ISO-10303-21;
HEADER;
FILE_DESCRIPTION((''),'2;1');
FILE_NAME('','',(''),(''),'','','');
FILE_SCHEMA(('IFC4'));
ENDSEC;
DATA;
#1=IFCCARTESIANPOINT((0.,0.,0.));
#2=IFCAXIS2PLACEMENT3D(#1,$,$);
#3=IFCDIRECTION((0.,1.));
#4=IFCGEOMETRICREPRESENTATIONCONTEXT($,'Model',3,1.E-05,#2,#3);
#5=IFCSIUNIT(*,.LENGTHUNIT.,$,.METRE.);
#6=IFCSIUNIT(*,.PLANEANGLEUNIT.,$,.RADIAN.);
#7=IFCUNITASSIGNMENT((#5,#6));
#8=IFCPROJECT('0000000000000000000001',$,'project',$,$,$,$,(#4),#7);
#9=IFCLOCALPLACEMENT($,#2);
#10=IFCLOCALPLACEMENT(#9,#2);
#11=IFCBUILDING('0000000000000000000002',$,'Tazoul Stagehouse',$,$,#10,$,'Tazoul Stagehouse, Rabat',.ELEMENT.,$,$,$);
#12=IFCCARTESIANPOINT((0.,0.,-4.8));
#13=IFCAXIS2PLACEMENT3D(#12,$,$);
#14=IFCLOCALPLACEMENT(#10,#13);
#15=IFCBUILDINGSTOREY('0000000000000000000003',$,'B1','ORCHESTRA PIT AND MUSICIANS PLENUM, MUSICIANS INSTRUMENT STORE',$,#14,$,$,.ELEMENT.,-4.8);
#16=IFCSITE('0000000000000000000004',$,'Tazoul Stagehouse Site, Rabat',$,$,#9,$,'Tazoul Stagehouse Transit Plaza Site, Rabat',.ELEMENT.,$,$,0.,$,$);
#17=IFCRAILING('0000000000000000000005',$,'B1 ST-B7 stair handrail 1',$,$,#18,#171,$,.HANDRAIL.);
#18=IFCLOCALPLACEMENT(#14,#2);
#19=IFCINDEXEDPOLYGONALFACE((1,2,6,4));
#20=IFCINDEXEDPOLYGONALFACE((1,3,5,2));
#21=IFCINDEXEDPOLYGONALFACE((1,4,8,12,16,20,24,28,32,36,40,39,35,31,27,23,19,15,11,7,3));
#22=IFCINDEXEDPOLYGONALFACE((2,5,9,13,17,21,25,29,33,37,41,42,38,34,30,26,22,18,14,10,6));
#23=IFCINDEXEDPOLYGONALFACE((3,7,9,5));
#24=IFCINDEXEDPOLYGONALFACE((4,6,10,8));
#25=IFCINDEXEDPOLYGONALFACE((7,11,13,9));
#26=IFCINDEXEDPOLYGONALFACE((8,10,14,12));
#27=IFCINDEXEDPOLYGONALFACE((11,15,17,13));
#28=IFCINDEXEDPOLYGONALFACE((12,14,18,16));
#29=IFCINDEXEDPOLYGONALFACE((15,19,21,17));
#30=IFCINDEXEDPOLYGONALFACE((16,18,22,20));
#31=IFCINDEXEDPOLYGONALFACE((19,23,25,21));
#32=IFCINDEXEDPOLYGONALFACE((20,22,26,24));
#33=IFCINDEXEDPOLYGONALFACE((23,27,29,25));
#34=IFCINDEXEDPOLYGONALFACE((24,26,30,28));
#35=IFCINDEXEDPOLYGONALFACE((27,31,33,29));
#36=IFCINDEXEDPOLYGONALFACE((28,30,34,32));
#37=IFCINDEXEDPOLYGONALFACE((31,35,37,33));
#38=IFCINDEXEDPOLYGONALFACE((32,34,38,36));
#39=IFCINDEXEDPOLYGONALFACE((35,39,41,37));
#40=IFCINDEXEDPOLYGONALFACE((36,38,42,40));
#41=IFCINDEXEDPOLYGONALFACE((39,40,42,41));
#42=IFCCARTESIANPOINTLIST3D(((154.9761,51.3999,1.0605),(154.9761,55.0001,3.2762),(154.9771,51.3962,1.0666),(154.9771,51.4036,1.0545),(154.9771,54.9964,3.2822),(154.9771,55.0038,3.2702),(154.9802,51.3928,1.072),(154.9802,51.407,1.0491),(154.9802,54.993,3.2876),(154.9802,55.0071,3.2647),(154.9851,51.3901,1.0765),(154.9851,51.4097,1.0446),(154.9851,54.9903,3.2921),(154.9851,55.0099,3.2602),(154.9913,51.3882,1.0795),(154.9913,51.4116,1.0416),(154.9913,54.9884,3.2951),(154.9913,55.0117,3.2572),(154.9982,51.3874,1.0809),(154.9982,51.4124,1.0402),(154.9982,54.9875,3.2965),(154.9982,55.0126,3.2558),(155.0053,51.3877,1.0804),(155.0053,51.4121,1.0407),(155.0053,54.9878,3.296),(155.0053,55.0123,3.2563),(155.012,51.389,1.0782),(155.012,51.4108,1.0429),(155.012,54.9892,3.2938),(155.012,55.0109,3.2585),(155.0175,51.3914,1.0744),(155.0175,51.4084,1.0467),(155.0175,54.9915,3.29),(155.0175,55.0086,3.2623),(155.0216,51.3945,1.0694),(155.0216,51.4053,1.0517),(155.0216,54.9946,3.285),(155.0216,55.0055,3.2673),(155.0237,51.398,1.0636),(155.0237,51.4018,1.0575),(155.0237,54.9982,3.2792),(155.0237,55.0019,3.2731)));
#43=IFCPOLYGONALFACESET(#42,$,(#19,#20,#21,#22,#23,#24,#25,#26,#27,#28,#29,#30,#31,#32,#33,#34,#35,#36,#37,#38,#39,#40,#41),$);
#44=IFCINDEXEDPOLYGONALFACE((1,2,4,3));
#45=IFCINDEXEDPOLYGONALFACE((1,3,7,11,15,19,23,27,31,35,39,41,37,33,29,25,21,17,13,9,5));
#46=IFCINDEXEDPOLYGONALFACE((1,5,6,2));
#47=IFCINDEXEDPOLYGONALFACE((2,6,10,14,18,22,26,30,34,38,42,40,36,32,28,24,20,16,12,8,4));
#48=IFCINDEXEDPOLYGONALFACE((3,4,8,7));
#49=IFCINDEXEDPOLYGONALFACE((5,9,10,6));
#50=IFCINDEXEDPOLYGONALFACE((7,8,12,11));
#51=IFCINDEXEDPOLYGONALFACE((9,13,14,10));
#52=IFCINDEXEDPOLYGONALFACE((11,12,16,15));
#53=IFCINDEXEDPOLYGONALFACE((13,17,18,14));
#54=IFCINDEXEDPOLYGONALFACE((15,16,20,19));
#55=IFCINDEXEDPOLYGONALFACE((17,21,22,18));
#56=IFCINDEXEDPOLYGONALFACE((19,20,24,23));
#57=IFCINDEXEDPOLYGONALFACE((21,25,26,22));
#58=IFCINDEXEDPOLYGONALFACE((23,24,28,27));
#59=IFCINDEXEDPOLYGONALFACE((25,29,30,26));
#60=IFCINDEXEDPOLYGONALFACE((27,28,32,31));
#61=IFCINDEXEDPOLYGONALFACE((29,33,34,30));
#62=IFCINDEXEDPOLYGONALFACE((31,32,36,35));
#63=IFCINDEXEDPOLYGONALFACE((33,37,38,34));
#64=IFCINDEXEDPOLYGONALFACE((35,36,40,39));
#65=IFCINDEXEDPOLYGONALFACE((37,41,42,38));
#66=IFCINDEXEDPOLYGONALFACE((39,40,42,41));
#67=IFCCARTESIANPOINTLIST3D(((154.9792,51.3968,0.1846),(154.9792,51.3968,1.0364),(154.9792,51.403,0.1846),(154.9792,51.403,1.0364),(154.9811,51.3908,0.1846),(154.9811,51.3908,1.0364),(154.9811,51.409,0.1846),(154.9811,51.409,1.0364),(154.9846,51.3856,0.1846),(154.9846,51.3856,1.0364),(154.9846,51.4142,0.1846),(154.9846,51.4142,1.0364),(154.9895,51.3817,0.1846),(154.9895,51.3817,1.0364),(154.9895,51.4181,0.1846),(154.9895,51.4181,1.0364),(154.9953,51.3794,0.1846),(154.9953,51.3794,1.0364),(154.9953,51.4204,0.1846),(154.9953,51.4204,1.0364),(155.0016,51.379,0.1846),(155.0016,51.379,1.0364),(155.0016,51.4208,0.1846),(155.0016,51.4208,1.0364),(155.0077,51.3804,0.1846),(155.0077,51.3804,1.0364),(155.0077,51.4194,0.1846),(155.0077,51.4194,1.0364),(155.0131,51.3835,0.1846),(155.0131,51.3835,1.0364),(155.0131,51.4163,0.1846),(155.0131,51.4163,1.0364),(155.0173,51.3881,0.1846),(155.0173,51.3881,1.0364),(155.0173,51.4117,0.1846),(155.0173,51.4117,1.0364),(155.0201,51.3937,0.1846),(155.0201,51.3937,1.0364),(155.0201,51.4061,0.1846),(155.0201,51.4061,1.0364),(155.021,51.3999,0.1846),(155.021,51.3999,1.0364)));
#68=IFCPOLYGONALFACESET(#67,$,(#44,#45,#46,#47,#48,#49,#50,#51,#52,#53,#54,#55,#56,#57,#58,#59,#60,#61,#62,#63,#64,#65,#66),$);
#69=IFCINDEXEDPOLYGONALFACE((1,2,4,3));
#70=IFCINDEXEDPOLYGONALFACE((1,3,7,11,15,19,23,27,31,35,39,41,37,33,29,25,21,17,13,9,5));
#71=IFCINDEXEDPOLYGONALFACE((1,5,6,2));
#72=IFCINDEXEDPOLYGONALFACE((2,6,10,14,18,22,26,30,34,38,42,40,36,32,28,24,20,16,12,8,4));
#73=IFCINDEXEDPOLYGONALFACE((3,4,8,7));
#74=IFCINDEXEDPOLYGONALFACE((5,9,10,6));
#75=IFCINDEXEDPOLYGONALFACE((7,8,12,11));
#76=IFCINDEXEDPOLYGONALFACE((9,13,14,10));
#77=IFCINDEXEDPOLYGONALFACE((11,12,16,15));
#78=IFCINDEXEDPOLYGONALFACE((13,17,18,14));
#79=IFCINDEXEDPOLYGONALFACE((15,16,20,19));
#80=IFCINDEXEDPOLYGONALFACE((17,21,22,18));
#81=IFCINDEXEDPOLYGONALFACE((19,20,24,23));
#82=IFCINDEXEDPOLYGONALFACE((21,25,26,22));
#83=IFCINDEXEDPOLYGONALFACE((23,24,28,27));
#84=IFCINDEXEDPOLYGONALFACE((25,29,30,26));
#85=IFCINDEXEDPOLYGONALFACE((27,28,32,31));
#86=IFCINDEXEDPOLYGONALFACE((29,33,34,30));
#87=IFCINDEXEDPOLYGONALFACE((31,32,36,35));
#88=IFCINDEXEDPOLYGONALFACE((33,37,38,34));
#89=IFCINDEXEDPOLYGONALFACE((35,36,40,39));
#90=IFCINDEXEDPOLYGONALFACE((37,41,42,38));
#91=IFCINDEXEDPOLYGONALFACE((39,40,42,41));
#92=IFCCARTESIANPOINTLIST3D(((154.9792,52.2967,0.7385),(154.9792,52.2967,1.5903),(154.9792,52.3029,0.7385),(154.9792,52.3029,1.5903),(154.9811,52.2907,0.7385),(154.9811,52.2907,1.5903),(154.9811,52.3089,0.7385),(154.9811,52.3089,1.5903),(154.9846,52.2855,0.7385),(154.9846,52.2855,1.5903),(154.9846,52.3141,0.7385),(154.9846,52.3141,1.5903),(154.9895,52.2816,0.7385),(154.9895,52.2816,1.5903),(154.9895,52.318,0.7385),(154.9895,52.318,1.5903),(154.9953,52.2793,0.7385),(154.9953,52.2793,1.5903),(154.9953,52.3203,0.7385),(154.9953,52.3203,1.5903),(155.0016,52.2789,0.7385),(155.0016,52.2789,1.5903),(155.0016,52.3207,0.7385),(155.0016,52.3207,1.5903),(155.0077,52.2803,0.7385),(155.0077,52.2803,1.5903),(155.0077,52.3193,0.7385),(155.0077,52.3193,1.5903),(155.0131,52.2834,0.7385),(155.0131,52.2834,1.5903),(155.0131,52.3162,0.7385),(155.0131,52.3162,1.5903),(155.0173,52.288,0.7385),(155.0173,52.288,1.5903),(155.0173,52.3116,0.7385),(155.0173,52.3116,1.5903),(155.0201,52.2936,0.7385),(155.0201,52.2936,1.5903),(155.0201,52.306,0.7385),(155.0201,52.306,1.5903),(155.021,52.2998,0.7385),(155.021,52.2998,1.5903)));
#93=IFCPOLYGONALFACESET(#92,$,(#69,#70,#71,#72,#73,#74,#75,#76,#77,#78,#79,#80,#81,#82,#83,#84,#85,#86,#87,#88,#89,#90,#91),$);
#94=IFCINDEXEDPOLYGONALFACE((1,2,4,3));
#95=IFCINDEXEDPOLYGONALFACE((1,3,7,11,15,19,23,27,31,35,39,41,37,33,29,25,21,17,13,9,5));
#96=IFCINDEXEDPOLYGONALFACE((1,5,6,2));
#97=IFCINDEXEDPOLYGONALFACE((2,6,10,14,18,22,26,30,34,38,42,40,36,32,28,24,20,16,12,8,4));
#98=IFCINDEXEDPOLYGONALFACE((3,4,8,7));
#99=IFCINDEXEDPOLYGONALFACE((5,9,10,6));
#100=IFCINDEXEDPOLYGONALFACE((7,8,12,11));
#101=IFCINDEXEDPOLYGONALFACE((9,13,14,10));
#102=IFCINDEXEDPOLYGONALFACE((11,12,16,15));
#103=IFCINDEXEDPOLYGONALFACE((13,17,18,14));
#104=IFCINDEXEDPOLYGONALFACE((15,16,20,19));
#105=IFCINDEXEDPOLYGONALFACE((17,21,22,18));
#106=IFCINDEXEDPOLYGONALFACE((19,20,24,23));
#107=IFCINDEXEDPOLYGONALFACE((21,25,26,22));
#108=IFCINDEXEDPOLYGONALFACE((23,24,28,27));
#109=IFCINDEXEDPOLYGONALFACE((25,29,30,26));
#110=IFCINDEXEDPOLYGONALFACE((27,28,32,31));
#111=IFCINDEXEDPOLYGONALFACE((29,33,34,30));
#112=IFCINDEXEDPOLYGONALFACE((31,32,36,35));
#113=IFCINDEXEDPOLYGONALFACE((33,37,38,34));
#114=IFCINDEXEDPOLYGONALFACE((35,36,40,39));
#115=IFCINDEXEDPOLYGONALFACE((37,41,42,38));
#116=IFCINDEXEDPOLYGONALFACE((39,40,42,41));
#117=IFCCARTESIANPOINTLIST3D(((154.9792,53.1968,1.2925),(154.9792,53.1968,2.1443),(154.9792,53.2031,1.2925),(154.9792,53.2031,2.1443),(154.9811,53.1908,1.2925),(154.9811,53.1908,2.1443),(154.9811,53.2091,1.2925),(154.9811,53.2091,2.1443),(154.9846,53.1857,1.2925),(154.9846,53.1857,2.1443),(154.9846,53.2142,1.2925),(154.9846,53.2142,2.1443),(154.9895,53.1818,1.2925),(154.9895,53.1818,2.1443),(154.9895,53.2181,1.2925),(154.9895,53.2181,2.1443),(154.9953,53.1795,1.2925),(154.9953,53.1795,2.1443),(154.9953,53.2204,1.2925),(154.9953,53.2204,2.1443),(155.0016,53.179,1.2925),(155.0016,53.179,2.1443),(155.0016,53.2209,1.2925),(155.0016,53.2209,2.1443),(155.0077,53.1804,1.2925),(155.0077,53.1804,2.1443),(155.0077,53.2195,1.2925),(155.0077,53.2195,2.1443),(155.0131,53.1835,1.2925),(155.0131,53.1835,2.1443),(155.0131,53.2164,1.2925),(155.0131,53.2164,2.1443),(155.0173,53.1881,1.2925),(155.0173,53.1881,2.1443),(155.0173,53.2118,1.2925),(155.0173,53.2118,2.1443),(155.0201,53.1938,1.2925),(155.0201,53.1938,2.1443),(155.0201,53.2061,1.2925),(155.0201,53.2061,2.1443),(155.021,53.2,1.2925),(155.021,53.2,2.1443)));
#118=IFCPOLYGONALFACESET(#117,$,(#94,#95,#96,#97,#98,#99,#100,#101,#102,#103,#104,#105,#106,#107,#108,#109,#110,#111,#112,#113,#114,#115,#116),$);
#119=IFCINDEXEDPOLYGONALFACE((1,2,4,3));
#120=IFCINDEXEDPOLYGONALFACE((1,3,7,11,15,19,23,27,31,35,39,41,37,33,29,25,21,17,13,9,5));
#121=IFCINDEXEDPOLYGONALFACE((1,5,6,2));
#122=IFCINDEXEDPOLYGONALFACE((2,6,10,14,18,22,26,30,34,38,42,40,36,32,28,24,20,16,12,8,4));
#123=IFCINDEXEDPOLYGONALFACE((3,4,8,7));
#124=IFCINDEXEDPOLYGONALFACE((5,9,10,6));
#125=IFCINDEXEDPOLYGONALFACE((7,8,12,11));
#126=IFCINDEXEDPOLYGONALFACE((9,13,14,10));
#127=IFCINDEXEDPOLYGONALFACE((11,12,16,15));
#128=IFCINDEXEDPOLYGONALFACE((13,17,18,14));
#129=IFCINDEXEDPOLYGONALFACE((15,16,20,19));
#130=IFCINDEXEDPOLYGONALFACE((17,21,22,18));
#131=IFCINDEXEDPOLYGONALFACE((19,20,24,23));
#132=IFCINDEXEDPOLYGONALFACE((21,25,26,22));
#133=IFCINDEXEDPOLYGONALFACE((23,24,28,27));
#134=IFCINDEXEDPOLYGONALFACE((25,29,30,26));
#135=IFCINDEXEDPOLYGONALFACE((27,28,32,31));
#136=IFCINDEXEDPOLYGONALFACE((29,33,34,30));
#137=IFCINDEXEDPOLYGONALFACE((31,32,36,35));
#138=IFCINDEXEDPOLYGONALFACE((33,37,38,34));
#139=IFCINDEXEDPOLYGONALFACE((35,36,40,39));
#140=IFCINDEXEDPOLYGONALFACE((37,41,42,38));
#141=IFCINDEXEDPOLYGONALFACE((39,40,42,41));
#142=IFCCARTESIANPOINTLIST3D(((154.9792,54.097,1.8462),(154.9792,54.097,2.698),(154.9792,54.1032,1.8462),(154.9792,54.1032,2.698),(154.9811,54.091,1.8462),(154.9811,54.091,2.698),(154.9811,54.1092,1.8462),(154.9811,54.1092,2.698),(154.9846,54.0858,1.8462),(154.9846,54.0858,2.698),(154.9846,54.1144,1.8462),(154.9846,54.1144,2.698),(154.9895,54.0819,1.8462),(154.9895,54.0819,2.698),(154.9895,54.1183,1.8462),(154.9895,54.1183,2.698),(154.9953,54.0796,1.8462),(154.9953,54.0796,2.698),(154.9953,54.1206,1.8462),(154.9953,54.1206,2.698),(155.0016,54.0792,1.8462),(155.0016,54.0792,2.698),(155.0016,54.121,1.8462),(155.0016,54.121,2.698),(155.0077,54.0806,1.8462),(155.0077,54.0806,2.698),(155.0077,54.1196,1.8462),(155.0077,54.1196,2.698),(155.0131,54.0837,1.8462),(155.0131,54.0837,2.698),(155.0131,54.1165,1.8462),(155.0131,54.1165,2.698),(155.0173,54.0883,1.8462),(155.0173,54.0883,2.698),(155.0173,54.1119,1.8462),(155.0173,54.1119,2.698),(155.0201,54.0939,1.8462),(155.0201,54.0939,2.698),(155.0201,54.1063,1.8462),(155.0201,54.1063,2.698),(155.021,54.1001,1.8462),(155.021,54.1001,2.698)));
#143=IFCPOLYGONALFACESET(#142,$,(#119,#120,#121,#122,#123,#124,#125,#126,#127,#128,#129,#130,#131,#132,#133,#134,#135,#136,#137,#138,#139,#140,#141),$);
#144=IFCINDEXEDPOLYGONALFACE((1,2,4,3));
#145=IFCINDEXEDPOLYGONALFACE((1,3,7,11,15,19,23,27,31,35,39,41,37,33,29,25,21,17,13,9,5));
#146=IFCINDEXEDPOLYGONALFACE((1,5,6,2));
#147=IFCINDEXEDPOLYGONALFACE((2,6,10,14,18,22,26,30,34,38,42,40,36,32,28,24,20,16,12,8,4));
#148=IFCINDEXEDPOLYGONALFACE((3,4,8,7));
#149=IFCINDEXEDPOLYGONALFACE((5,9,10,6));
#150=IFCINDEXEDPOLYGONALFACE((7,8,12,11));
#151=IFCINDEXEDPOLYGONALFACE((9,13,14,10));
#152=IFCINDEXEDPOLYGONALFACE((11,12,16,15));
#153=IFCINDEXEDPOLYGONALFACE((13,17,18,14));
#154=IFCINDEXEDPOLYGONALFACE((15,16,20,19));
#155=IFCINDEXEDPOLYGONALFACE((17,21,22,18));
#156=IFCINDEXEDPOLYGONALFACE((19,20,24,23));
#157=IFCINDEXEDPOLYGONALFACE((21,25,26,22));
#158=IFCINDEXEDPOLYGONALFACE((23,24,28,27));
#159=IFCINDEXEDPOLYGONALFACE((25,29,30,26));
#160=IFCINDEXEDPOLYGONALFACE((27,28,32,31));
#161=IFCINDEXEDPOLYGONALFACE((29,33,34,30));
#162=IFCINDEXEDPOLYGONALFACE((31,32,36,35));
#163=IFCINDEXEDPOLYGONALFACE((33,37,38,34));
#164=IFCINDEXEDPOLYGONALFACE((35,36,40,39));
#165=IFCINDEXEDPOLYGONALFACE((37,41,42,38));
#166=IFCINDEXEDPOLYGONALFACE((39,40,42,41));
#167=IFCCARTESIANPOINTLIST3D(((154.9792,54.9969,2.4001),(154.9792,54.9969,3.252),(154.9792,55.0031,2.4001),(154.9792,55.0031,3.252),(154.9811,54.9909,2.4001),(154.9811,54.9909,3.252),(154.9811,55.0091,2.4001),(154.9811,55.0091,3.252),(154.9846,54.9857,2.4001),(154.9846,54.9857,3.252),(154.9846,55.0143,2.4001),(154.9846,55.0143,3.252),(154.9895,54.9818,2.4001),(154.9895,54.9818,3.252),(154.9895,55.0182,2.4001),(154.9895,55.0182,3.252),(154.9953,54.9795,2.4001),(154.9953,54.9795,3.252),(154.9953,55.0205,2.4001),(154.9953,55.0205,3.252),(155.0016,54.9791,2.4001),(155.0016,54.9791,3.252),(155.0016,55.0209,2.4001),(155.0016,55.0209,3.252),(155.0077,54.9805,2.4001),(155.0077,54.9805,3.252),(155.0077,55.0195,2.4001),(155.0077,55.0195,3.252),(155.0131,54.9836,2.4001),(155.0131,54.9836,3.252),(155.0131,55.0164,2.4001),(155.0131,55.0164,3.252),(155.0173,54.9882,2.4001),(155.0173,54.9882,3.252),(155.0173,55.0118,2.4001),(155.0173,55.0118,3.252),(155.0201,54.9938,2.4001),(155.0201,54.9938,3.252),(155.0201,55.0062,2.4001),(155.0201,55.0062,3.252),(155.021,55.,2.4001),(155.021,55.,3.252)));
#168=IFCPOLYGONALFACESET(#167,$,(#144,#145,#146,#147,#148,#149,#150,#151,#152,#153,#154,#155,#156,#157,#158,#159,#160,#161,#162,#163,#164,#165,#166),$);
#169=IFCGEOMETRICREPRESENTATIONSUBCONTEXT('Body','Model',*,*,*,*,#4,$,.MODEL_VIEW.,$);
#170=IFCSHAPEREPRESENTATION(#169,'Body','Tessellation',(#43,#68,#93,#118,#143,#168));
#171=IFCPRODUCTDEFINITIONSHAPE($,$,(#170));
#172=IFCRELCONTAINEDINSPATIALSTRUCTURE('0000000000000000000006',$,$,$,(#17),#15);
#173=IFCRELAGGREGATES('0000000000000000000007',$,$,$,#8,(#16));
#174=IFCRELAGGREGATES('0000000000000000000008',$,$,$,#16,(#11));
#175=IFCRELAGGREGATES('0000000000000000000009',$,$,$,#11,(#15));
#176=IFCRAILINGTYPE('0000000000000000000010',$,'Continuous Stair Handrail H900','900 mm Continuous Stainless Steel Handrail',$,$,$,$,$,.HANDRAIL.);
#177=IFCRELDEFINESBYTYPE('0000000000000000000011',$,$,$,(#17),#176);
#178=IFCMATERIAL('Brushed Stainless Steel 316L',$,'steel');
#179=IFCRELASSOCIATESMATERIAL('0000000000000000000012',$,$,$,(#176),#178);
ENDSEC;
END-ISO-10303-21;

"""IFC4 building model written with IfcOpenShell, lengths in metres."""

from ifc_helpers import new_model, si_unit, direction, frame, origin, origin_2d, place, context, subcontext, project, spatial, circle, extrude, material, material_profile, profile_set, type_object, element, save


model = new_model("IFC4")

# Units and contexts
model_context = context("Model", 3, precision=1e-05, world=origin(), true_north=direction((0.0, 1.0)))
body_context = subcontext(model_context, "Body", "Model", "MODEL_VIEW")
ifc_project = project(units=[si_unit("LENGTHUNIT", "METRE"), si_unit("PLANEANGLEUNIT", "RADIAN")], contexts=[model_context])

# Site, building, storey
site_placement = place(None, origin())
site = spatial("IfcSite", under=ifc_project, at=site_placement, Name="Tazoul Stagehouse Site, Rabat", LongName="Tazoul Stagehouse Transit Plaza Site, Rabat", CompositionType="ELEMENT", RefElevation=0.0)
building_placement = place(site_placement, origin())
building = spatial("IfcBuilding", under=site, at=building_placement, Name="Tazoul Stagehouse", LongName="Tazoul Stagehouse, Rabat", CompositionType="ELEMENT")
storey_placement = place(building_placement, frame((0.0, 0.0, -4.8)))
storey = spatial("IfcBuildingStorey", under=building, at=storey_placement, Name="B1", Description="ORCHESTRA PIT AND MUSICIANS PLENUM, MUSICIANS INSTRUMENT STORE", CompositionType="ELEMENT", Elevation=-4.8)

# Railing
ifc_material_1 = material(Name="Brushed Stainless Steel 316L", Category="steel")
ifc_material_profile_1 = material_profile(ifc_material_1, circle(Radius=0.021, at=origin_2d()), Name="SS HANDRAIL D42")
ifc_profile_set_1 = profile_set([ifc_material_profile_1], Name="Brushed Stainless Steel 316L")
railing_type_1 = type_object("IfcRailingType", Name="Continuous Stair Handrail H900", Description="900 mm Continuous Stainless Steel Handrail", PredefinedType="HANDRAIL", material=ifc_profile_set_1)
railing_1_placement = place(storey_placement, frame((155.0, 51.3999, 0.1846)))
element("IfcRailing", 1, at=railing_1_placement, inside=storey, type_object=railing_type_1, Name="B1 ST-B7 stair handrail 1", PredefinedType="HANDRAIL", context=body_context, shape_type="SweptSolid", body=[
    extrude(circle(Radius=0.0239, at=origin_2d()), frame((0.0, 0.0, 0.876), z_axis=(0.0, 0.851644, 0.52412), x_axis=(-1.0, 0.0, 0.0)), (0.0, 0.0, 1.0), 4.2273),
    extrude(circle(Radius=0.021, at=origin_2d()), origin(), (0.0, 0.0, 1.0), 0.8518),
    extrude(circle(Radius=0.021, at=origin_2d()), frame((0.0, 0.8999, 0.554)), (0.0, 0.0, 1.0), 0.8518),
    extrude(circle(Radius=0.021, at=origin_2d()), frame((0.0, 1.8, 1.1079)), (0.0, 0.0, 1.0), 0.8518),
    extrude(circle(Radius=0.021, at=origin_2d()), frame((0.0, 2.7002, 1.6616)), (0.0, 0.0, 1.0), 0.8518),
    extrude(circle(Radius=0.021, at=origin_2d()), frame((0.0, 3.6001, 2.2156)), (0.0, 0.0, 1.0), 0.8518),
])

save(model, "model.ifc")
